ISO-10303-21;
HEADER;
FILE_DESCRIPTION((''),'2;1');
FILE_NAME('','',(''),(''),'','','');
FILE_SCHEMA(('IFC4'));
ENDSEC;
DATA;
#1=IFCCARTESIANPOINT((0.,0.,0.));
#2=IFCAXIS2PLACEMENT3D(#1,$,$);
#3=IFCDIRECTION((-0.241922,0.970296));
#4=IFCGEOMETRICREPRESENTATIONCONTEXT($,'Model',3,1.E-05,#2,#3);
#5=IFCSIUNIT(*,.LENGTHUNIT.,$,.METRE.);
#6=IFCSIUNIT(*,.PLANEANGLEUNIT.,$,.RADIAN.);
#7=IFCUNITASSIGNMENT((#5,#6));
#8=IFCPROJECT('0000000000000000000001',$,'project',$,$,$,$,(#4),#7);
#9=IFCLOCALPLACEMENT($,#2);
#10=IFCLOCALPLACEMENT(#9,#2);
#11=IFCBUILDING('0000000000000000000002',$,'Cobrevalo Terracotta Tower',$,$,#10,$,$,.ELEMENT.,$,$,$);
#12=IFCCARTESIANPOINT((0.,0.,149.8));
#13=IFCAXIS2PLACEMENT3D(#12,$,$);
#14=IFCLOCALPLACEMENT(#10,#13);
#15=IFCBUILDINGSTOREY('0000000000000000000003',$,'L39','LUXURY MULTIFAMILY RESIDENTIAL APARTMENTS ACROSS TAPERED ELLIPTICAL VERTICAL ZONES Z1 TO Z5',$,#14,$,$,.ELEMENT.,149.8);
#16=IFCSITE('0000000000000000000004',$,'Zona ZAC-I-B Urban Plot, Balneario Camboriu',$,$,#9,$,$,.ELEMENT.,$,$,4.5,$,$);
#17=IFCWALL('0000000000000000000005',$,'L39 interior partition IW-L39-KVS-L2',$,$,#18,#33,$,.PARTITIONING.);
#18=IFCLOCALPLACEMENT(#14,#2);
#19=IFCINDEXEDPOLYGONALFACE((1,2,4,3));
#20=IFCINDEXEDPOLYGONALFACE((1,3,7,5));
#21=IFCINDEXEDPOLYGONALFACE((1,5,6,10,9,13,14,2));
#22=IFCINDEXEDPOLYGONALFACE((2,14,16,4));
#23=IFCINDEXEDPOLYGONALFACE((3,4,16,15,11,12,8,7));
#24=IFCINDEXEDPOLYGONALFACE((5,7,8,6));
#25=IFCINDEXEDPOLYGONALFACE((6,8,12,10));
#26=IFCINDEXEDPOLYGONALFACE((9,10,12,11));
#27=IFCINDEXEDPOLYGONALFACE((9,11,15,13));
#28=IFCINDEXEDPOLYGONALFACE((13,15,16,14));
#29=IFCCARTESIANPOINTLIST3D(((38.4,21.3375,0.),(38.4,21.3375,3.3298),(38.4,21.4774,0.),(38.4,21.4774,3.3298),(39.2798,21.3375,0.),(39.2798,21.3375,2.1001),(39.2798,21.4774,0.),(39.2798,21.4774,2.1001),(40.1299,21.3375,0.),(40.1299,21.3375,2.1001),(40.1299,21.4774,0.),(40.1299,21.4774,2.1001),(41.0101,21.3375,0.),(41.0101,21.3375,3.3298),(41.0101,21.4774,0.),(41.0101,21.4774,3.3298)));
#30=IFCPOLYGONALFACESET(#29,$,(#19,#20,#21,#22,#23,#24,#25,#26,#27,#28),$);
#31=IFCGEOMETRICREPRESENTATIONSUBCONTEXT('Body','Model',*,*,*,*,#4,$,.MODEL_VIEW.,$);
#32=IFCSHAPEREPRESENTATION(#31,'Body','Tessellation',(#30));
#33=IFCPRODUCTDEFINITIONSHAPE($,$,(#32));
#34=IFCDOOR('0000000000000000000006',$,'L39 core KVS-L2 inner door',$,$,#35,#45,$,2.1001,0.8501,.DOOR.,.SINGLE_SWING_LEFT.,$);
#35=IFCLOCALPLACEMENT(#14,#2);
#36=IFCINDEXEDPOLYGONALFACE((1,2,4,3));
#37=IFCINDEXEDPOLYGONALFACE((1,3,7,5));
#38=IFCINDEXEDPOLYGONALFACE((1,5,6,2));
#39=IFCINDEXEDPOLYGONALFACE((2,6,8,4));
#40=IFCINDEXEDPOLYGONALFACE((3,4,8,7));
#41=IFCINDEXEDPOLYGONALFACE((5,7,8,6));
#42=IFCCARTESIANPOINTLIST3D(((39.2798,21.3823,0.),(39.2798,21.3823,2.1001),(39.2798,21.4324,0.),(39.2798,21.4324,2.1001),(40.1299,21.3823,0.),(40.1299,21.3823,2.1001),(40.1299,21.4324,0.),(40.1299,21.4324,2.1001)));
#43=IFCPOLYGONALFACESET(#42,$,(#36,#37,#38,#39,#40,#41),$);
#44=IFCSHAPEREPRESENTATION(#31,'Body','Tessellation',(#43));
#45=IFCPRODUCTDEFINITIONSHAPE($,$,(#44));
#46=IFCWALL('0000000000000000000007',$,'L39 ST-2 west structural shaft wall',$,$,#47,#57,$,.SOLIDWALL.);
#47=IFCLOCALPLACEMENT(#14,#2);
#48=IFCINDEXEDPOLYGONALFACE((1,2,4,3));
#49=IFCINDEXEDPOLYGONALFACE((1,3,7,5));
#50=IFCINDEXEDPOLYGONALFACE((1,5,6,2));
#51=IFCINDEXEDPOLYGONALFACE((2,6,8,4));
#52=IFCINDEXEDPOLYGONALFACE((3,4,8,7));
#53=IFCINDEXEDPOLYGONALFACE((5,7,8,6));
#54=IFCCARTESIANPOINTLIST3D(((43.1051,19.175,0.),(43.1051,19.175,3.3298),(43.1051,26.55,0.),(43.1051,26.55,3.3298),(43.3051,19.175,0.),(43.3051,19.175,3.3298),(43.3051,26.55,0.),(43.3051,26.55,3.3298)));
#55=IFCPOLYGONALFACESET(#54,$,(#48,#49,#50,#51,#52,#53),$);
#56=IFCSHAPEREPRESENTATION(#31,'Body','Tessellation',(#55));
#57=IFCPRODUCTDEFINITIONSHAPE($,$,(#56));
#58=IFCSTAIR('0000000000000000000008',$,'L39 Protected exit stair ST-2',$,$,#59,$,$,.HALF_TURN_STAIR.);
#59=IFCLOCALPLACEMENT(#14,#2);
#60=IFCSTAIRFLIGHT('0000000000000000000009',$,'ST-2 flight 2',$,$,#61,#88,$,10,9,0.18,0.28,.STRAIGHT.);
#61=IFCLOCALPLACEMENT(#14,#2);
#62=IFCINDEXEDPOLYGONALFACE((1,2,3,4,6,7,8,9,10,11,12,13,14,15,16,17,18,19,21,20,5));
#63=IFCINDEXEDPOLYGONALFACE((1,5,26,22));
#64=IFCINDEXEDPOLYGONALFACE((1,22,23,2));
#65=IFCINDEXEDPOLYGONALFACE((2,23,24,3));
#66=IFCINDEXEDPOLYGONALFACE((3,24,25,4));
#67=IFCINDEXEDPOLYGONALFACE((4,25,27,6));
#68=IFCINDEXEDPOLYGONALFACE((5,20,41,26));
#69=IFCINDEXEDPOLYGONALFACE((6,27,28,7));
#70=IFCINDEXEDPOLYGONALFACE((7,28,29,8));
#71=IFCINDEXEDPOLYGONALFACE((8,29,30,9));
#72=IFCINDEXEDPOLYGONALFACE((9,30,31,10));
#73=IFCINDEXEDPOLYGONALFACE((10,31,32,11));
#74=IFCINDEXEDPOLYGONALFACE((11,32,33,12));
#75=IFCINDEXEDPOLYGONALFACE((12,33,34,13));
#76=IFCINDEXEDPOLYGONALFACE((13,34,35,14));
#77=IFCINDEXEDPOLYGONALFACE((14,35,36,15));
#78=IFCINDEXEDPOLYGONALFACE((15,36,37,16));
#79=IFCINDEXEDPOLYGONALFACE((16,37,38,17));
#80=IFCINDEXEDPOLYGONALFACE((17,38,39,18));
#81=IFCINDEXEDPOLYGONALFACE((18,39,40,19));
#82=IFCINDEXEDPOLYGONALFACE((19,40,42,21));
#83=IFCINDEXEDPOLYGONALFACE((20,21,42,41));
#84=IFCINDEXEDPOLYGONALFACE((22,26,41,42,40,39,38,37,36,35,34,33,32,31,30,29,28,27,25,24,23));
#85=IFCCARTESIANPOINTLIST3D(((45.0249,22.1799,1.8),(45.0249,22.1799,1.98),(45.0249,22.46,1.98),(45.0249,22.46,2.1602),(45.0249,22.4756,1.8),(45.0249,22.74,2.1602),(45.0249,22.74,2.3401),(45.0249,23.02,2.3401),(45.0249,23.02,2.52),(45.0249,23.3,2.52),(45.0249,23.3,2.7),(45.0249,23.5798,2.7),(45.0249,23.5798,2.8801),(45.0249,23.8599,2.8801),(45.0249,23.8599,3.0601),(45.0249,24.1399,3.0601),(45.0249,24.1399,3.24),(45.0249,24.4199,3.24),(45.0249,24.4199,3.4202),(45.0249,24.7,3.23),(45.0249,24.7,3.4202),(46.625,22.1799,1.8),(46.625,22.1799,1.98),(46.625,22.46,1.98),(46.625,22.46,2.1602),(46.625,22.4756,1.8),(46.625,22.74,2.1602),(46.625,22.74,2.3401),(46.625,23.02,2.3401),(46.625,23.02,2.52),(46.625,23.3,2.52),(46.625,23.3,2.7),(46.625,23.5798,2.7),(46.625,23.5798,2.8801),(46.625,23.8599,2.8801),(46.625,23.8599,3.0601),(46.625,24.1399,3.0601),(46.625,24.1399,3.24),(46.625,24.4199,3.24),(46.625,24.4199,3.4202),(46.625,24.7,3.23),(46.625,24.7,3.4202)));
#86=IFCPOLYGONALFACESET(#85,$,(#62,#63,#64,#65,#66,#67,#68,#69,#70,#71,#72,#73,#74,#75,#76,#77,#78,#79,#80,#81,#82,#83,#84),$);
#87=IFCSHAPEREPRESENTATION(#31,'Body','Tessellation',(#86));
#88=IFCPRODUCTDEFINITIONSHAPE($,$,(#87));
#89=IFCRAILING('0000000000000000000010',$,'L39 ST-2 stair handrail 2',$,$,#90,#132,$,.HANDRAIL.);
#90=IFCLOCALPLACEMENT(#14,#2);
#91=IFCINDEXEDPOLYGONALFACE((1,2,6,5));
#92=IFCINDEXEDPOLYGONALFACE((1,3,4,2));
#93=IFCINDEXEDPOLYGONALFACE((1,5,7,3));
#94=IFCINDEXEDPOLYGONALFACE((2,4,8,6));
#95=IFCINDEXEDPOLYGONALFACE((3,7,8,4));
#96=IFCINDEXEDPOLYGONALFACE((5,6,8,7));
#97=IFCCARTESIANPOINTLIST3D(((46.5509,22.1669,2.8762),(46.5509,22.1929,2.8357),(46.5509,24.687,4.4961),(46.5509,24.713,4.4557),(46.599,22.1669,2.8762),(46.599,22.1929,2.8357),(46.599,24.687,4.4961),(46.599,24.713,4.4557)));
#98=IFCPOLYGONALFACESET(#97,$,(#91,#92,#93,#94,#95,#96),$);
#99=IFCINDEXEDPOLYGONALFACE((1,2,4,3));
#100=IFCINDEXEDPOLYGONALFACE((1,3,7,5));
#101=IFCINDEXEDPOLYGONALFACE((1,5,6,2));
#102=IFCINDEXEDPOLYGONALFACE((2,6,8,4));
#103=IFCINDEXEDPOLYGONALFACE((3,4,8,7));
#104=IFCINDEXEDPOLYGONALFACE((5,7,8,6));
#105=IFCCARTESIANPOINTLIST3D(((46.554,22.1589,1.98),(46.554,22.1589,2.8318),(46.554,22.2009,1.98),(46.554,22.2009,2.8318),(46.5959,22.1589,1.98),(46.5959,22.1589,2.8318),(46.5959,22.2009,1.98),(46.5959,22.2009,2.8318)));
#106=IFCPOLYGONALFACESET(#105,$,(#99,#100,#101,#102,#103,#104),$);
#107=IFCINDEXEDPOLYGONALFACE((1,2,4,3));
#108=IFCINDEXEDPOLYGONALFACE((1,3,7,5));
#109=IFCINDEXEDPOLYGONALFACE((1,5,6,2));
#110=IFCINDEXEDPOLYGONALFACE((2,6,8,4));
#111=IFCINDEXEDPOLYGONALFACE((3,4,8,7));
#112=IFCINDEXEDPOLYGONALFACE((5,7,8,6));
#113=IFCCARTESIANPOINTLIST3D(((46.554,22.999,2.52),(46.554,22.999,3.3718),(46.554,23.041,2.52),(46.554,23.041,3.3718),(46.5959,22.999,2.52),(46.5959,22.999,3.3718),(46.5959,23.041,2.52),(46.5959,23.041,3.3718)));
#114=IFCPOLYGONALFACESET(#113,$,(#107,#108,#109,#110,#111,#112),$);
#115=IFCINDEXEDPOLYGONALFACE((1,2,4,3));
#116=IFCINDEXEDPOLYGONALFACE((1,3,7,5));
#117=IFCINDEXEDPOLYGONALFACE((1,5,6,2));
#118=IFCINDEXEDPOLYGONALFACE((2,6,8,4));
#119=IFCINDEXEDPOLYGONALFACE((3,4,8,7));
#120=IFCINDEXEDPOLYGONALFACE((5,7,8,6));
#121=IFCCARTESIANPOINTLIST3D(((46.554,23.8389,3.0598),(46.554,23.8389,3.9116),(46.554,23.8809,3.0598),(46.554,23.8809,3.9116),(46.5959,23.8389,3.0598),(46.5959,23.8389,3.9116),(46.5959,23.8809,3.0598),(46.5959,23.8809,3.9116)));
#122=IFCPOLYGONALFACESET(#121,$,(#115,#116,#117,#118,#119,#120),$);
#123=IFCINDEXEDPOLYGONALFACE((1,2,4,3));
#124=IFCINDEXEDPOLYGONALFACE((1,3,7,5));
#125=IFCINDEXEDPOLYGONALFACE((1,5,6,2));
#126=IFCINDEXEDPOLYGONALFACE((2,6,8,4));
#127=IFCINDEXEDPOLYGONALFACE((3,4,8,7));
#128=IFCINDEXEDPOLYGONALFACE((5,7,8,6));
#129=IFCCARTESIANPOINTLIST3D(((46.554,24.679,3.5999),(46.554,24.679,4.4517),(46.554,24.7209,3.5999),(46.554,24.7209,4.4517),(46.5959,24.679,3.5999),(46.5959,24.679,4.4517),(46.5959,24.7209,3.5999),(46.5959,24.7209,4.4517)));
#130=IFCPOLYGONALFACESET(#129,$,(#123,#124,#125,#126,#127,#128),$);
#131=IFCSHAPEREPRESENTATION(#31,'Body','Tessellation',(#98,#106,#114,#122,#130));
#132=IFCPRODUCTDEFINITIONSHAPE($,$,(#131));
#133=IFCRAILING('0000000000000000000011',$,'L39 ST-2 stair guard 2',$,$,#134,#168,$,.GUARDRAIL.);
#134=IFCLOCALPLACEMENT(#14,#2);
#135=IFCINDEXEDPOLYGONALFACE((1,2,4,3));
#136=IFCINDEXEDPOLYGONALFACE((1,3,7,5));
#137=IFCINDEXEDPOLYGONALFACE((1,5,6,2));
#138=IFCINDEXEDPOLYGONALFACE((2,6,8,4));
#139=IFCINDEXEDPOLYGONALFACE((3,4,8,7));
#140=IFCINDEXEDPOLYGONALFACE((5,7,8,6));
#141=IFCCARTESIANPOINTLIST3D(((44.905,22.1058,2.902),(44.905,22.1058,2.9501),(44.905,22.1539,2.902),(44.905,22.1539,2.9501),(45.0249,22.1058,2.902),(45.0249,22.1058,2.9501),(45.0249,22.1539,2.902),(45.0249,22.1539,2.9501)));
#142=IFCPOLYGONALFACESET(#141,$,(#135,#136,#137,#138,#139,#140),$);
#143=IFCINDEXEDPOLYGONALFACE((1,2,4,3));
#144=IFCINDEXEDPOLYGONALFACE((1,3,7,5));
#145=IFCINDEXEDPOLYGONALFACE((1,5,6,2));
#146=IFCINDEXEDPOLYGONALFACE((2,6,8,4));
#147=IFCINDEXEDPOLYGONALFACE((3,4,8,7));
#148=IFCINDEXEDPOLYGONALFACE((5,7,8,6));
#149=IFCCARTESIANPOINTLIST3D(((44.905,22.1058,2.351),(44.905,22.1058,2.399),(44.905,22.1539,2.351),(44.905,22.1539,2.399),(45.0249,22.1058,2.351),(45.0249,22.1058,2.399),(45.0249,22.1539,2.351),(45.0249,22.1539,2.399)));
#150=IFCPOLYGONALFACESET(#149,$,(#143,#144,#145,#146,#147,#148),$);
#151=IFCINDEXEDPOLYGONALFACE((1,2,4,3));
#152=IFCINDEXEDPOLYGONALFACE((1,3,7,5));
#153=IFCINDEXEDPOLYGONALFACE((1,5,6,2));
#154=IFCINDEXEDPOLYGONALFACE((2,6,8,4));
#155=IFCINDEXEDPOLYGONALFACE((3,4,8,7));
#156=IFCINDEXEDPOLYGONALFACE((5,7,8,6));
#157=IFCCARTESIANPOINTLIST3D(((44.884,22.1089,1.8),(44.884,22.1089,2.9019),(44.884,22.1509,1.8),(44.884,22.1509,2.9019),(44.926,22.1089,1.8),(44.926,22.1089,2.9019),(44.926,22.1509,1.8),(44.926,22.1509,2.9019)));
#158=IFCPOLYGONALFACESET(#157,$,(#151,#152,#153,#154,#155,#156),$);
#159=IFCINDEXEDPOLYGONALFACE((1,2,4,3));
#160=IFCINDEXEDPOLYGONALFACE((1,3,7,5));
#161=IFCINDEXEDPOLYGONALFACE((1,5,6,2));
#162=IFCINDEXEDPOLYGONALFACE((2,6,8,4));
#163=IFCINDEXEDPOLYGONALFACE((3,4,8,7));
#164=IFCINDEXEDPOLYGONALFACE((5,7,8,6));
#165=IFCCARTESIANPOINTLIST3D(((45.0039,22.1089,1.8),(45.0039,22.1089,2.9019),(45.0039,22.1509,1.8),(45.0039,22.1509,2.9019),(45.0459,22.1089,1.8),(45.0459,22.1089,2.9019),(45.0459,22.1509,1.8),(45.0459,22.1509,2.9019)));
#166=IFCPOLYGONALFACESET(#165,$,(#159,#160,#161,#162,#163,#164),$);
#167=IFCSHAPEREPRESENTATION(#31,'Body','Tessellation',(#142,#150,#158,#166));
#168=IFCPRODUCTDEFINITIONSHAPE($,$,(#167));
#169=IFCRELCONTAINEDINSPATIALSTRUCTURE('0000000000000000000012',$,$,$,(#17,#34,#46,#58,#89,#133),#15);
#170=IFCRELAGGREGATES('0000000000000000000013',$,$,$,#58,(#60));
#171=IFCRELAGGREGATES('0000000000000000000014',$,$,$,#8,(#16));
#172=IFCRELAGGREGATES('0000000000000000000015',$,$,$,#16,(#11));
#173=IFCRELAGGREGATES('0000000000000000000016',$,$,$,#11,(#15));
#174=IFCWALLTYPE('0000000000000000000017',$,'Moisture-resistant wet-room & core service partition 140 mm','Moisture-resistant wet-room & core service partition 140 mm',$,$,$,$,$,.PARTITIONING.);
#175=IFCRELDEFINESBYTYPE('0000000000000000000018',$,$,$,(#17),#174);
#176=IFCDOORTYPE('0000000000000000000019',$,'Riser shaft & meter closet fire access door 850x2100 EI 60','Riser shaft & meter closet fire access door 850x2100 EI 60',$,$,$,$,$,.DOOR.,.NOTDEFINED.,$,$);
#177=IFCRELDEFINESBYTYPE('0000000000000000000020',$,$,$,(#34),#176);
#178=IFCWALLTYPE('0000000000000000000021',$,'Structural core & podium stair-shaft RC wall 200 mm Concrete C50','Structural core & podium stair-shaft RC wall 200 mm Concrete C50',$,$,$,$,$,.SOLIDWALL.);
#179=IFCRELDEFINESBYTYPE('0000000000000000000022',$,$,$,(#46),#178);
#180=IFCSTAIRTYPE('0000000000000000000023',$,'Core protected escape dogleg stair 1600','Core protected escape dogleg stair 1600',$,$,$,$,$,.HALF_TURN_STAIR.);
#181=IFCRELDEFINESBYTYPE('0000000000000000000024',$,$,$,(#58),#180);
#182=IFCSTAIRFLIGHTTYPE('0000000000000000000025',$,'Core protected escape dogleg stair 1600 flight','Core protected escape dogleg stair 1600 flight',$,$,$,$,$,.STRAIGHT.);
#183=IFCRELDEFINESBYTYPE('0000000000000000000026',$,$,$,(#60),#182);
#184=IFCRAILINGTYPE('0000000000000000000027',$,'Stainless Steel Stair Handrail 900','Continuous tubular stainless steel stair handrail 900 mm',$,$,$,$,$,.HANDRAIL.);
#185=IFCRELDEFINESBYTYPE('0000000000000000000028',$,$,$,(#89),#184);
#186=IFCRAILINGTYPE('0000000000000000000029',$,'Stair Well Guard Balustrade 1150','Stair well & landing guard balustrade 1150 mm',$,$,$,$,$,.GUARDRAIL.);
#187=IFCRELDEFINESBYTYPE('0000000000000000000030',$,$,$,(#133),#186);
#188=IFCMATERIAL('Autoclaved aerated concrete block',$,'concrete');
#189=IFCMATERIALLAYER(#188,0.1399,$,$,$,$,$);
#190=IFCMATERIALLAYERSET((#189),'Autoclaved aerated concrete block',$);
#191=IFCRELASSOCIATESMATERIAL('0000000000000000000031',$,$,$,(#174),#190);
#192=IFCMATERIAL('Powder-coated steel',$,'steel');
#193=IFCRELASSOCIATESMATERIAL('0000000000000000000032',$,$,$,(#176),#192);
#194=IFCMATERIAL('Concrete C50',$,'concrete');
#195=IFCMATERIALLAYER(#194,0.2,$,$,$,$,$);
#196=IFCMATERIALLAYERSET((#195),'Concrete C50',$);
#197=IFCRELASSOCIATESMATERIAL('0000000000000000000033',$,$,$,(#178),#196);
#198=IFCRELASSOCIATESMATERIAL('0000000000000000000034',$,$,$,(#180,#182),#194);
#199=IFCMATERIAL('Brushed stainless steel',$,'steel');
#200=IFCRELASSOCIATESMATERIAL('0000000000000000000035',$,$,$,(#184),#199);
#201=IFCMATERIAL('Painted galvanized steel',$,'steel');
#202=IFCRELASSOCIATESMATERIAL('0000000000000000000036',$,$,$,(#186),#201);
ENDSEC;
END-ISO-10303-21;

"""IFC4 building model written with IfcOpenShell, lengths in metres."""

from ifc_helpers import new_model, si_unit, direction, frame, frame_2d, origin, origin_2d, place, context, subcontext, project, spatial, polyline, rectangle, outline, extrude, source, transform, mapped, material, layer, layer_set, type_object, element, fill, aggregate, save


model = new_model("IFC4")

# Units and contexts
model_context = context("Model", 3, precision=1e-05, world=origin(), true_north=direction((-0.241922, 0.970296)))
body_context = subcontext(model_context, "Body", "Model", "MODEL_VIEW")
ifc_project = project(units=[si_unit("LENGTHUNIT", "METRE"), si_unit("PLANEANGLEUNIT", "RADIAN")], contexts=[model_context])

# Site, building, storey
site_placement = place(None, origin())
site = spatial("IfcSite", under=ifc_project, at=site_placement, Name="Zona ZAC-I-B Urban Plot, Balneario Camboriu", CompositionType="ELEMENT", RefElevation=4.5)
building_placement = place(site_placement, origin())
building = spatial("IfcBuilding", under=site, at=building_placement, Name="Cobrevalo Terracotta Tower", CompositionType="ELEMENT")
storey_placement = place(building_placement, frame((0.0, 0.0, 149.8)))
storey = spatial("IfcBuildingStorey", under=building, at=storey_placement, Name="L39", Description="LUXURY MULTIFAMILY RESIDENTIAL APARTMENTS ACROSS TAPERED ELLIPTICAL VERTICAL ZONES Z1 TO Z5", CompositionType="ELEMENT", Elevation=149.8)

# Shared definitions
ifc_material_1 = material(Name="Autoclaved aerated concrete block", Category="concrete")

# Shared definitions
ifc_material_2 = material(Name="Concrete C50", Category="concrete")

# Shared definitions
ifc_layer_1 = layer(ifc_material_1, 0.1399)
ifc_layer_set_1 = layer_set([ifc_layer_1], Name="Autoclaved aerated concrete block")
wall_type_1 = type_object("IfcWallType", Name="Moisture-resistant wet-room & core service partition 140 mm", Description="Moisture-resistant wet-room & core service partition 140 mm", PredefinedType="PARTITIONING", material=ifc_layer_set_1)

# Wall, opening, door
wall_1_placement = place(storey_placement, frame((38.3999, 21.4075, 0.0), z_axis=(0.0, 0.0, 1.0), x_axis=(1.0, 0.0, 0.0)))
wall_1 = element("IfcWall", 1, at=wall_1_placement, inside=storey, type_object=wall_type_1, Name="L39 interior partition IW-L39-KVS-L2", PredefinedType="PARTITIONING", context=body_context, shape_type="SweptSolid", body=[
    extrude(rectangle(XDim=2.6101, YDim=0.1399, at=frame_2d((1.3052, 0.0))), origin(), (0.0, 0.0, 1.0), 3.3298),
])
opening_1_placement = place(wall_1_placement, frame((0.8799, 0.0, 0.0)))
opening_1 = element("IfcOpeningElement", 2, at=opening_1_placement, cuts=wall_1, PredefinedType="OPENING", context=body_context, shape_type="SweptSolid", body=[
    extrude(rectangle(XDim=0.8501, YDim=2.1001, at=frame_2d((0.425, 1.05))), frame((0.0, 0.0801, 0.0), z_axis=(0.0, -1.0, 0.0), x_axis=(1.0, 0.0, 0.0)), (0.0, 0.0, 1.0), 0.1599),
])
ifc_material_3 = material(Name="Powder-coated steel", Category="steel")
door_type_1 = type_object("IfcDoorType", Name="Riser shaft & meter closet fire access door 850x2100 EI 60", Description="Riser shaft & meter closet fire access door 850x2100 EI 60", OperationType="NOTDEFINED", PredefinedType="DOOR", material=ifc_material_3)
shared_shape_1 = source(origin(), body_context, "Body", "SweptSolid", [
    extrude(rectangle(XDim=0.8501, YDim=2.1001, at=frame_2d((0.425, 1.05))), frame((0.0, 0.0249, 0.0), z_axis=(0.0, -1.0, 0.0), x_axis=(1.0, 0.0, 0.0)), (0.0, 0.0, 1.0), 0.05),
])
door_1_placement = place(opening_1_placement, origin())
door_1 = element("IfcDoor", 3, at=door_1_placement, inside=storey, type_object=door_type_1, Name="L39 core KVS-L2 inner door", OperationType="SINGLE_SWING_LEFT", OverallHeight=2.1001, OverallWidth=0.8501, PredefinedType="DOOR", context=body_context, shape_type="MappedRepresentation", body=[
    mapped(shared_shape_1, transform((0.0, 0.0, 0.0), scale=1.0)),
])
fill(opening_1, door_1)

# Wall
ifc_layer_2 = layer(ifc_material_2, 0.2)
ifc_layer_set_2 = layer_set([ifc_layer_2], Name="Concrete C50")
wall_type_2 = type_object("IfcWallType", Name="Structural core & podium stair-shaft RC wall 200 mm Concrete C50", Description="Structural core & podium stair-shaft RC wall 200 mm Concrete C50", PredefinedType="SOLIDWALL", material=ifc_layer_set_2)
wall_2_placement = place(storey_placement, frame((43.2051, 19.175, 0.0), z_axis=(0.0, 0.0, 1.0), x_axis=(0.0, 1.0, 0.0)))
element("IfcWall", 4, at=wall_2_placement, inside=storey, type_object=wall_type_2, Name="L39 ST-2 west structural shaft wall", PredefinedType="SOLIDWALL", context=body_context, shape_type="SweptSolid", body=[
    extrude(rectangle(XDim=7.375, YDim=0.2, at=frame_2d((3.6875, 0.0))), origin(), (0.0, 0.0, 1.0), 3.3298),
])

# Stair, stair flight
stair_type = type_object("IfcStairType", Name="Core protected escape dogleg stair 1600", Description="Core protected escape dogleg stair 1600", PredefinedType="HALF_TURN_STAIR", material=ifc_material_2)
stair_placement = place(storey_placement, origin())
stair = element("IfcStair", 5, at=stair_placement, inside=storey, type_object=stair_type, Name="L39 Protected exit stair ST-2", PredefinedType="HALF_TURN_STAIR")
stair_flight_type = type_object("IfcStairFlightType", Name="Core protected escape dogleg stair 1600 flight", Description="Core protected escape dogleg stair 1600 flight", PredefinedType="STRAIGHT", material=ifc_material_2)
stair_flight_placement = place(storey_placement, frame((45.825, 22.1799, 1.8), z_axis=(0.0, 0.0, 1.0), x_axis=(0.0, 1.0, 0.0)))
stair_flight = element("IfcStairFlight", 6, at=stair_flight_placement, type_object=stair_flight_type, Name="ST-2 flight 2", NumberOfRisers=10, NumberOfTreads=9, PredefinedType="STRAIGHT", RiserHeight=0.18, TreadLength=0.28, context=body_context, shape_type="SweptSolid", body=[
    extrude(outline(polyline([(0.0, 0.0), (0.0, 0.1799), (0.28, 0.1799), (0.28, 0.3601), (0.5601, 0.3601), (0.5601, 0.54), (0.8401, 0.54), (0.8401, 0.72), (1.1201, 0.72), (1.1201, 0.8999), (1.3999, 0.8999), (1.3999, 1.0801), (1.6799, 1.0801), (1.6799, 1.26), (1.96, 1.26), (1.96, 1.4399), (2.24, 1.4399), (2.24, 1.6201), (2.52, 1.6201), (2.52, 1.8), (2.52, 1.4299), (0.2957, 0.0), (0.0, 0.0)])), frame((0.0, 0.8, 0.0), z_axis=(0.0, -1.0, 0.0), x_axis=(1.0, 0.0, 0.0)), (0.0, 0.0, 1.0), 1.6001),
])
aggregate(stair, [stair_flight])

# Railings
ifc_material_4 = material(Name="Brushed stainless steel", Category="steel")
railing_type_1 = type_object("IfcRailingType", Name="Stainless Steel Stair Handrail 900", Description="Continuous tubular stainless steel stair handrail 900 mm", PredefinedType="HANDRAIL", material=ifc_material_4)
railing_1_placement = place(storey_placement, frame((46.575, 22.1799, 1.98)))
element("IfcRailing", 7, at=railing_1_placement, inside=storey, type_object=railing_type_1, Name="L39 ST-2 stair handrail 2", PredefinedType="HANDRAIL", context=body_context, shape_type="SweptSolid", body=[
    extrude(rectangle(XDim=0.0481, YDim=0.0481, at=origin_2d()), frame((0.0, 0.0, 0.876), z_axis=(0.0, 0.8412, 0.540725), x_axis=(-1.0, 0.0, 0.0)), (0.0, 0.0, 1.0), 2.9958),
    extrude(rectangle(XDim=0.042, YDim=0.042, at=origin_2d()), origin(), (0.0, 0.0, 1.0), 0.8518),
    extrude(rectangle(XDim=0.042, YDim=0.042, at=origin_2d()), frame((0.0, 0.8401, 0.54)), (0.0, 0.0, 1.0), 0.8518),
    extrude(rectangle(XDim=0.042, YDim=0.042, at=origin_2d()), frame((0.0, 1.6799, 1.0798)), (0.0, 0.0, 1.0), 0.8518),
    extrude(rectangle(XDim=0.042, YDim=0.042, at=origin_2d()), frame((0.0, 2.52, 1.6199)), (0.0, 0.0, 1.0), 0.8518),
])
ifc_material_5 = material(Name="Painted galvanized steel", Category="steel")
railing_type_2 = type_object("IfcRailingType", Name="Stair Well Guard Balustrade 1150", Description="Stair well & landing guard balustrade 1150 mm", PredefinedType="GUARDRAIL", material=ifc_material_5)
railing_2_placement = place(storey_placement, frame((44.905, 22.1299, 1.8)))
element("IfcRailing", 8, at=railing_2_placement, inside=storey, type_object=railing_type_2, Name="L39 ST-2 stair guard 2", PredefinedType="GUARDRAIL", context=body_context, shape_type="SweptSolid", body=[
    extrude(rectangle(XDim=0.0481, YDim=0.0481, at=origin_2d()), frame((0.0, 0.0, 1.126), z_axis=(1.0, 0.0, 0.0), x_axis=(0.0, 1.0, 0.0)), (0.0, 0.0, 1.0), 0.1199),
    extrude(rectangle(XDim=0.0481, YDim=0.0481, at=origin_2d()), frame((0.0, 0.0, 0.575), z_axis=(1.0, 0.0, 0.0), x_axis=(0.0, 1.0, 0.0)), (0.0, 0.0, 1.0), 0.1199),
    extrude(rectangle(XDim=0.042, YDim=0.042, at=origin_2d()), origin(), (0.0, 0.0, 1.0), 1.1018),
    extrude(rectangle(XDim=0.042, YDim=0.042, at=origin_2d()), frame((0.1199, 0.0, 0.0)), (0.0, 0.0, 1.0), 1.1018),
])

save(model, "model.ifc")
